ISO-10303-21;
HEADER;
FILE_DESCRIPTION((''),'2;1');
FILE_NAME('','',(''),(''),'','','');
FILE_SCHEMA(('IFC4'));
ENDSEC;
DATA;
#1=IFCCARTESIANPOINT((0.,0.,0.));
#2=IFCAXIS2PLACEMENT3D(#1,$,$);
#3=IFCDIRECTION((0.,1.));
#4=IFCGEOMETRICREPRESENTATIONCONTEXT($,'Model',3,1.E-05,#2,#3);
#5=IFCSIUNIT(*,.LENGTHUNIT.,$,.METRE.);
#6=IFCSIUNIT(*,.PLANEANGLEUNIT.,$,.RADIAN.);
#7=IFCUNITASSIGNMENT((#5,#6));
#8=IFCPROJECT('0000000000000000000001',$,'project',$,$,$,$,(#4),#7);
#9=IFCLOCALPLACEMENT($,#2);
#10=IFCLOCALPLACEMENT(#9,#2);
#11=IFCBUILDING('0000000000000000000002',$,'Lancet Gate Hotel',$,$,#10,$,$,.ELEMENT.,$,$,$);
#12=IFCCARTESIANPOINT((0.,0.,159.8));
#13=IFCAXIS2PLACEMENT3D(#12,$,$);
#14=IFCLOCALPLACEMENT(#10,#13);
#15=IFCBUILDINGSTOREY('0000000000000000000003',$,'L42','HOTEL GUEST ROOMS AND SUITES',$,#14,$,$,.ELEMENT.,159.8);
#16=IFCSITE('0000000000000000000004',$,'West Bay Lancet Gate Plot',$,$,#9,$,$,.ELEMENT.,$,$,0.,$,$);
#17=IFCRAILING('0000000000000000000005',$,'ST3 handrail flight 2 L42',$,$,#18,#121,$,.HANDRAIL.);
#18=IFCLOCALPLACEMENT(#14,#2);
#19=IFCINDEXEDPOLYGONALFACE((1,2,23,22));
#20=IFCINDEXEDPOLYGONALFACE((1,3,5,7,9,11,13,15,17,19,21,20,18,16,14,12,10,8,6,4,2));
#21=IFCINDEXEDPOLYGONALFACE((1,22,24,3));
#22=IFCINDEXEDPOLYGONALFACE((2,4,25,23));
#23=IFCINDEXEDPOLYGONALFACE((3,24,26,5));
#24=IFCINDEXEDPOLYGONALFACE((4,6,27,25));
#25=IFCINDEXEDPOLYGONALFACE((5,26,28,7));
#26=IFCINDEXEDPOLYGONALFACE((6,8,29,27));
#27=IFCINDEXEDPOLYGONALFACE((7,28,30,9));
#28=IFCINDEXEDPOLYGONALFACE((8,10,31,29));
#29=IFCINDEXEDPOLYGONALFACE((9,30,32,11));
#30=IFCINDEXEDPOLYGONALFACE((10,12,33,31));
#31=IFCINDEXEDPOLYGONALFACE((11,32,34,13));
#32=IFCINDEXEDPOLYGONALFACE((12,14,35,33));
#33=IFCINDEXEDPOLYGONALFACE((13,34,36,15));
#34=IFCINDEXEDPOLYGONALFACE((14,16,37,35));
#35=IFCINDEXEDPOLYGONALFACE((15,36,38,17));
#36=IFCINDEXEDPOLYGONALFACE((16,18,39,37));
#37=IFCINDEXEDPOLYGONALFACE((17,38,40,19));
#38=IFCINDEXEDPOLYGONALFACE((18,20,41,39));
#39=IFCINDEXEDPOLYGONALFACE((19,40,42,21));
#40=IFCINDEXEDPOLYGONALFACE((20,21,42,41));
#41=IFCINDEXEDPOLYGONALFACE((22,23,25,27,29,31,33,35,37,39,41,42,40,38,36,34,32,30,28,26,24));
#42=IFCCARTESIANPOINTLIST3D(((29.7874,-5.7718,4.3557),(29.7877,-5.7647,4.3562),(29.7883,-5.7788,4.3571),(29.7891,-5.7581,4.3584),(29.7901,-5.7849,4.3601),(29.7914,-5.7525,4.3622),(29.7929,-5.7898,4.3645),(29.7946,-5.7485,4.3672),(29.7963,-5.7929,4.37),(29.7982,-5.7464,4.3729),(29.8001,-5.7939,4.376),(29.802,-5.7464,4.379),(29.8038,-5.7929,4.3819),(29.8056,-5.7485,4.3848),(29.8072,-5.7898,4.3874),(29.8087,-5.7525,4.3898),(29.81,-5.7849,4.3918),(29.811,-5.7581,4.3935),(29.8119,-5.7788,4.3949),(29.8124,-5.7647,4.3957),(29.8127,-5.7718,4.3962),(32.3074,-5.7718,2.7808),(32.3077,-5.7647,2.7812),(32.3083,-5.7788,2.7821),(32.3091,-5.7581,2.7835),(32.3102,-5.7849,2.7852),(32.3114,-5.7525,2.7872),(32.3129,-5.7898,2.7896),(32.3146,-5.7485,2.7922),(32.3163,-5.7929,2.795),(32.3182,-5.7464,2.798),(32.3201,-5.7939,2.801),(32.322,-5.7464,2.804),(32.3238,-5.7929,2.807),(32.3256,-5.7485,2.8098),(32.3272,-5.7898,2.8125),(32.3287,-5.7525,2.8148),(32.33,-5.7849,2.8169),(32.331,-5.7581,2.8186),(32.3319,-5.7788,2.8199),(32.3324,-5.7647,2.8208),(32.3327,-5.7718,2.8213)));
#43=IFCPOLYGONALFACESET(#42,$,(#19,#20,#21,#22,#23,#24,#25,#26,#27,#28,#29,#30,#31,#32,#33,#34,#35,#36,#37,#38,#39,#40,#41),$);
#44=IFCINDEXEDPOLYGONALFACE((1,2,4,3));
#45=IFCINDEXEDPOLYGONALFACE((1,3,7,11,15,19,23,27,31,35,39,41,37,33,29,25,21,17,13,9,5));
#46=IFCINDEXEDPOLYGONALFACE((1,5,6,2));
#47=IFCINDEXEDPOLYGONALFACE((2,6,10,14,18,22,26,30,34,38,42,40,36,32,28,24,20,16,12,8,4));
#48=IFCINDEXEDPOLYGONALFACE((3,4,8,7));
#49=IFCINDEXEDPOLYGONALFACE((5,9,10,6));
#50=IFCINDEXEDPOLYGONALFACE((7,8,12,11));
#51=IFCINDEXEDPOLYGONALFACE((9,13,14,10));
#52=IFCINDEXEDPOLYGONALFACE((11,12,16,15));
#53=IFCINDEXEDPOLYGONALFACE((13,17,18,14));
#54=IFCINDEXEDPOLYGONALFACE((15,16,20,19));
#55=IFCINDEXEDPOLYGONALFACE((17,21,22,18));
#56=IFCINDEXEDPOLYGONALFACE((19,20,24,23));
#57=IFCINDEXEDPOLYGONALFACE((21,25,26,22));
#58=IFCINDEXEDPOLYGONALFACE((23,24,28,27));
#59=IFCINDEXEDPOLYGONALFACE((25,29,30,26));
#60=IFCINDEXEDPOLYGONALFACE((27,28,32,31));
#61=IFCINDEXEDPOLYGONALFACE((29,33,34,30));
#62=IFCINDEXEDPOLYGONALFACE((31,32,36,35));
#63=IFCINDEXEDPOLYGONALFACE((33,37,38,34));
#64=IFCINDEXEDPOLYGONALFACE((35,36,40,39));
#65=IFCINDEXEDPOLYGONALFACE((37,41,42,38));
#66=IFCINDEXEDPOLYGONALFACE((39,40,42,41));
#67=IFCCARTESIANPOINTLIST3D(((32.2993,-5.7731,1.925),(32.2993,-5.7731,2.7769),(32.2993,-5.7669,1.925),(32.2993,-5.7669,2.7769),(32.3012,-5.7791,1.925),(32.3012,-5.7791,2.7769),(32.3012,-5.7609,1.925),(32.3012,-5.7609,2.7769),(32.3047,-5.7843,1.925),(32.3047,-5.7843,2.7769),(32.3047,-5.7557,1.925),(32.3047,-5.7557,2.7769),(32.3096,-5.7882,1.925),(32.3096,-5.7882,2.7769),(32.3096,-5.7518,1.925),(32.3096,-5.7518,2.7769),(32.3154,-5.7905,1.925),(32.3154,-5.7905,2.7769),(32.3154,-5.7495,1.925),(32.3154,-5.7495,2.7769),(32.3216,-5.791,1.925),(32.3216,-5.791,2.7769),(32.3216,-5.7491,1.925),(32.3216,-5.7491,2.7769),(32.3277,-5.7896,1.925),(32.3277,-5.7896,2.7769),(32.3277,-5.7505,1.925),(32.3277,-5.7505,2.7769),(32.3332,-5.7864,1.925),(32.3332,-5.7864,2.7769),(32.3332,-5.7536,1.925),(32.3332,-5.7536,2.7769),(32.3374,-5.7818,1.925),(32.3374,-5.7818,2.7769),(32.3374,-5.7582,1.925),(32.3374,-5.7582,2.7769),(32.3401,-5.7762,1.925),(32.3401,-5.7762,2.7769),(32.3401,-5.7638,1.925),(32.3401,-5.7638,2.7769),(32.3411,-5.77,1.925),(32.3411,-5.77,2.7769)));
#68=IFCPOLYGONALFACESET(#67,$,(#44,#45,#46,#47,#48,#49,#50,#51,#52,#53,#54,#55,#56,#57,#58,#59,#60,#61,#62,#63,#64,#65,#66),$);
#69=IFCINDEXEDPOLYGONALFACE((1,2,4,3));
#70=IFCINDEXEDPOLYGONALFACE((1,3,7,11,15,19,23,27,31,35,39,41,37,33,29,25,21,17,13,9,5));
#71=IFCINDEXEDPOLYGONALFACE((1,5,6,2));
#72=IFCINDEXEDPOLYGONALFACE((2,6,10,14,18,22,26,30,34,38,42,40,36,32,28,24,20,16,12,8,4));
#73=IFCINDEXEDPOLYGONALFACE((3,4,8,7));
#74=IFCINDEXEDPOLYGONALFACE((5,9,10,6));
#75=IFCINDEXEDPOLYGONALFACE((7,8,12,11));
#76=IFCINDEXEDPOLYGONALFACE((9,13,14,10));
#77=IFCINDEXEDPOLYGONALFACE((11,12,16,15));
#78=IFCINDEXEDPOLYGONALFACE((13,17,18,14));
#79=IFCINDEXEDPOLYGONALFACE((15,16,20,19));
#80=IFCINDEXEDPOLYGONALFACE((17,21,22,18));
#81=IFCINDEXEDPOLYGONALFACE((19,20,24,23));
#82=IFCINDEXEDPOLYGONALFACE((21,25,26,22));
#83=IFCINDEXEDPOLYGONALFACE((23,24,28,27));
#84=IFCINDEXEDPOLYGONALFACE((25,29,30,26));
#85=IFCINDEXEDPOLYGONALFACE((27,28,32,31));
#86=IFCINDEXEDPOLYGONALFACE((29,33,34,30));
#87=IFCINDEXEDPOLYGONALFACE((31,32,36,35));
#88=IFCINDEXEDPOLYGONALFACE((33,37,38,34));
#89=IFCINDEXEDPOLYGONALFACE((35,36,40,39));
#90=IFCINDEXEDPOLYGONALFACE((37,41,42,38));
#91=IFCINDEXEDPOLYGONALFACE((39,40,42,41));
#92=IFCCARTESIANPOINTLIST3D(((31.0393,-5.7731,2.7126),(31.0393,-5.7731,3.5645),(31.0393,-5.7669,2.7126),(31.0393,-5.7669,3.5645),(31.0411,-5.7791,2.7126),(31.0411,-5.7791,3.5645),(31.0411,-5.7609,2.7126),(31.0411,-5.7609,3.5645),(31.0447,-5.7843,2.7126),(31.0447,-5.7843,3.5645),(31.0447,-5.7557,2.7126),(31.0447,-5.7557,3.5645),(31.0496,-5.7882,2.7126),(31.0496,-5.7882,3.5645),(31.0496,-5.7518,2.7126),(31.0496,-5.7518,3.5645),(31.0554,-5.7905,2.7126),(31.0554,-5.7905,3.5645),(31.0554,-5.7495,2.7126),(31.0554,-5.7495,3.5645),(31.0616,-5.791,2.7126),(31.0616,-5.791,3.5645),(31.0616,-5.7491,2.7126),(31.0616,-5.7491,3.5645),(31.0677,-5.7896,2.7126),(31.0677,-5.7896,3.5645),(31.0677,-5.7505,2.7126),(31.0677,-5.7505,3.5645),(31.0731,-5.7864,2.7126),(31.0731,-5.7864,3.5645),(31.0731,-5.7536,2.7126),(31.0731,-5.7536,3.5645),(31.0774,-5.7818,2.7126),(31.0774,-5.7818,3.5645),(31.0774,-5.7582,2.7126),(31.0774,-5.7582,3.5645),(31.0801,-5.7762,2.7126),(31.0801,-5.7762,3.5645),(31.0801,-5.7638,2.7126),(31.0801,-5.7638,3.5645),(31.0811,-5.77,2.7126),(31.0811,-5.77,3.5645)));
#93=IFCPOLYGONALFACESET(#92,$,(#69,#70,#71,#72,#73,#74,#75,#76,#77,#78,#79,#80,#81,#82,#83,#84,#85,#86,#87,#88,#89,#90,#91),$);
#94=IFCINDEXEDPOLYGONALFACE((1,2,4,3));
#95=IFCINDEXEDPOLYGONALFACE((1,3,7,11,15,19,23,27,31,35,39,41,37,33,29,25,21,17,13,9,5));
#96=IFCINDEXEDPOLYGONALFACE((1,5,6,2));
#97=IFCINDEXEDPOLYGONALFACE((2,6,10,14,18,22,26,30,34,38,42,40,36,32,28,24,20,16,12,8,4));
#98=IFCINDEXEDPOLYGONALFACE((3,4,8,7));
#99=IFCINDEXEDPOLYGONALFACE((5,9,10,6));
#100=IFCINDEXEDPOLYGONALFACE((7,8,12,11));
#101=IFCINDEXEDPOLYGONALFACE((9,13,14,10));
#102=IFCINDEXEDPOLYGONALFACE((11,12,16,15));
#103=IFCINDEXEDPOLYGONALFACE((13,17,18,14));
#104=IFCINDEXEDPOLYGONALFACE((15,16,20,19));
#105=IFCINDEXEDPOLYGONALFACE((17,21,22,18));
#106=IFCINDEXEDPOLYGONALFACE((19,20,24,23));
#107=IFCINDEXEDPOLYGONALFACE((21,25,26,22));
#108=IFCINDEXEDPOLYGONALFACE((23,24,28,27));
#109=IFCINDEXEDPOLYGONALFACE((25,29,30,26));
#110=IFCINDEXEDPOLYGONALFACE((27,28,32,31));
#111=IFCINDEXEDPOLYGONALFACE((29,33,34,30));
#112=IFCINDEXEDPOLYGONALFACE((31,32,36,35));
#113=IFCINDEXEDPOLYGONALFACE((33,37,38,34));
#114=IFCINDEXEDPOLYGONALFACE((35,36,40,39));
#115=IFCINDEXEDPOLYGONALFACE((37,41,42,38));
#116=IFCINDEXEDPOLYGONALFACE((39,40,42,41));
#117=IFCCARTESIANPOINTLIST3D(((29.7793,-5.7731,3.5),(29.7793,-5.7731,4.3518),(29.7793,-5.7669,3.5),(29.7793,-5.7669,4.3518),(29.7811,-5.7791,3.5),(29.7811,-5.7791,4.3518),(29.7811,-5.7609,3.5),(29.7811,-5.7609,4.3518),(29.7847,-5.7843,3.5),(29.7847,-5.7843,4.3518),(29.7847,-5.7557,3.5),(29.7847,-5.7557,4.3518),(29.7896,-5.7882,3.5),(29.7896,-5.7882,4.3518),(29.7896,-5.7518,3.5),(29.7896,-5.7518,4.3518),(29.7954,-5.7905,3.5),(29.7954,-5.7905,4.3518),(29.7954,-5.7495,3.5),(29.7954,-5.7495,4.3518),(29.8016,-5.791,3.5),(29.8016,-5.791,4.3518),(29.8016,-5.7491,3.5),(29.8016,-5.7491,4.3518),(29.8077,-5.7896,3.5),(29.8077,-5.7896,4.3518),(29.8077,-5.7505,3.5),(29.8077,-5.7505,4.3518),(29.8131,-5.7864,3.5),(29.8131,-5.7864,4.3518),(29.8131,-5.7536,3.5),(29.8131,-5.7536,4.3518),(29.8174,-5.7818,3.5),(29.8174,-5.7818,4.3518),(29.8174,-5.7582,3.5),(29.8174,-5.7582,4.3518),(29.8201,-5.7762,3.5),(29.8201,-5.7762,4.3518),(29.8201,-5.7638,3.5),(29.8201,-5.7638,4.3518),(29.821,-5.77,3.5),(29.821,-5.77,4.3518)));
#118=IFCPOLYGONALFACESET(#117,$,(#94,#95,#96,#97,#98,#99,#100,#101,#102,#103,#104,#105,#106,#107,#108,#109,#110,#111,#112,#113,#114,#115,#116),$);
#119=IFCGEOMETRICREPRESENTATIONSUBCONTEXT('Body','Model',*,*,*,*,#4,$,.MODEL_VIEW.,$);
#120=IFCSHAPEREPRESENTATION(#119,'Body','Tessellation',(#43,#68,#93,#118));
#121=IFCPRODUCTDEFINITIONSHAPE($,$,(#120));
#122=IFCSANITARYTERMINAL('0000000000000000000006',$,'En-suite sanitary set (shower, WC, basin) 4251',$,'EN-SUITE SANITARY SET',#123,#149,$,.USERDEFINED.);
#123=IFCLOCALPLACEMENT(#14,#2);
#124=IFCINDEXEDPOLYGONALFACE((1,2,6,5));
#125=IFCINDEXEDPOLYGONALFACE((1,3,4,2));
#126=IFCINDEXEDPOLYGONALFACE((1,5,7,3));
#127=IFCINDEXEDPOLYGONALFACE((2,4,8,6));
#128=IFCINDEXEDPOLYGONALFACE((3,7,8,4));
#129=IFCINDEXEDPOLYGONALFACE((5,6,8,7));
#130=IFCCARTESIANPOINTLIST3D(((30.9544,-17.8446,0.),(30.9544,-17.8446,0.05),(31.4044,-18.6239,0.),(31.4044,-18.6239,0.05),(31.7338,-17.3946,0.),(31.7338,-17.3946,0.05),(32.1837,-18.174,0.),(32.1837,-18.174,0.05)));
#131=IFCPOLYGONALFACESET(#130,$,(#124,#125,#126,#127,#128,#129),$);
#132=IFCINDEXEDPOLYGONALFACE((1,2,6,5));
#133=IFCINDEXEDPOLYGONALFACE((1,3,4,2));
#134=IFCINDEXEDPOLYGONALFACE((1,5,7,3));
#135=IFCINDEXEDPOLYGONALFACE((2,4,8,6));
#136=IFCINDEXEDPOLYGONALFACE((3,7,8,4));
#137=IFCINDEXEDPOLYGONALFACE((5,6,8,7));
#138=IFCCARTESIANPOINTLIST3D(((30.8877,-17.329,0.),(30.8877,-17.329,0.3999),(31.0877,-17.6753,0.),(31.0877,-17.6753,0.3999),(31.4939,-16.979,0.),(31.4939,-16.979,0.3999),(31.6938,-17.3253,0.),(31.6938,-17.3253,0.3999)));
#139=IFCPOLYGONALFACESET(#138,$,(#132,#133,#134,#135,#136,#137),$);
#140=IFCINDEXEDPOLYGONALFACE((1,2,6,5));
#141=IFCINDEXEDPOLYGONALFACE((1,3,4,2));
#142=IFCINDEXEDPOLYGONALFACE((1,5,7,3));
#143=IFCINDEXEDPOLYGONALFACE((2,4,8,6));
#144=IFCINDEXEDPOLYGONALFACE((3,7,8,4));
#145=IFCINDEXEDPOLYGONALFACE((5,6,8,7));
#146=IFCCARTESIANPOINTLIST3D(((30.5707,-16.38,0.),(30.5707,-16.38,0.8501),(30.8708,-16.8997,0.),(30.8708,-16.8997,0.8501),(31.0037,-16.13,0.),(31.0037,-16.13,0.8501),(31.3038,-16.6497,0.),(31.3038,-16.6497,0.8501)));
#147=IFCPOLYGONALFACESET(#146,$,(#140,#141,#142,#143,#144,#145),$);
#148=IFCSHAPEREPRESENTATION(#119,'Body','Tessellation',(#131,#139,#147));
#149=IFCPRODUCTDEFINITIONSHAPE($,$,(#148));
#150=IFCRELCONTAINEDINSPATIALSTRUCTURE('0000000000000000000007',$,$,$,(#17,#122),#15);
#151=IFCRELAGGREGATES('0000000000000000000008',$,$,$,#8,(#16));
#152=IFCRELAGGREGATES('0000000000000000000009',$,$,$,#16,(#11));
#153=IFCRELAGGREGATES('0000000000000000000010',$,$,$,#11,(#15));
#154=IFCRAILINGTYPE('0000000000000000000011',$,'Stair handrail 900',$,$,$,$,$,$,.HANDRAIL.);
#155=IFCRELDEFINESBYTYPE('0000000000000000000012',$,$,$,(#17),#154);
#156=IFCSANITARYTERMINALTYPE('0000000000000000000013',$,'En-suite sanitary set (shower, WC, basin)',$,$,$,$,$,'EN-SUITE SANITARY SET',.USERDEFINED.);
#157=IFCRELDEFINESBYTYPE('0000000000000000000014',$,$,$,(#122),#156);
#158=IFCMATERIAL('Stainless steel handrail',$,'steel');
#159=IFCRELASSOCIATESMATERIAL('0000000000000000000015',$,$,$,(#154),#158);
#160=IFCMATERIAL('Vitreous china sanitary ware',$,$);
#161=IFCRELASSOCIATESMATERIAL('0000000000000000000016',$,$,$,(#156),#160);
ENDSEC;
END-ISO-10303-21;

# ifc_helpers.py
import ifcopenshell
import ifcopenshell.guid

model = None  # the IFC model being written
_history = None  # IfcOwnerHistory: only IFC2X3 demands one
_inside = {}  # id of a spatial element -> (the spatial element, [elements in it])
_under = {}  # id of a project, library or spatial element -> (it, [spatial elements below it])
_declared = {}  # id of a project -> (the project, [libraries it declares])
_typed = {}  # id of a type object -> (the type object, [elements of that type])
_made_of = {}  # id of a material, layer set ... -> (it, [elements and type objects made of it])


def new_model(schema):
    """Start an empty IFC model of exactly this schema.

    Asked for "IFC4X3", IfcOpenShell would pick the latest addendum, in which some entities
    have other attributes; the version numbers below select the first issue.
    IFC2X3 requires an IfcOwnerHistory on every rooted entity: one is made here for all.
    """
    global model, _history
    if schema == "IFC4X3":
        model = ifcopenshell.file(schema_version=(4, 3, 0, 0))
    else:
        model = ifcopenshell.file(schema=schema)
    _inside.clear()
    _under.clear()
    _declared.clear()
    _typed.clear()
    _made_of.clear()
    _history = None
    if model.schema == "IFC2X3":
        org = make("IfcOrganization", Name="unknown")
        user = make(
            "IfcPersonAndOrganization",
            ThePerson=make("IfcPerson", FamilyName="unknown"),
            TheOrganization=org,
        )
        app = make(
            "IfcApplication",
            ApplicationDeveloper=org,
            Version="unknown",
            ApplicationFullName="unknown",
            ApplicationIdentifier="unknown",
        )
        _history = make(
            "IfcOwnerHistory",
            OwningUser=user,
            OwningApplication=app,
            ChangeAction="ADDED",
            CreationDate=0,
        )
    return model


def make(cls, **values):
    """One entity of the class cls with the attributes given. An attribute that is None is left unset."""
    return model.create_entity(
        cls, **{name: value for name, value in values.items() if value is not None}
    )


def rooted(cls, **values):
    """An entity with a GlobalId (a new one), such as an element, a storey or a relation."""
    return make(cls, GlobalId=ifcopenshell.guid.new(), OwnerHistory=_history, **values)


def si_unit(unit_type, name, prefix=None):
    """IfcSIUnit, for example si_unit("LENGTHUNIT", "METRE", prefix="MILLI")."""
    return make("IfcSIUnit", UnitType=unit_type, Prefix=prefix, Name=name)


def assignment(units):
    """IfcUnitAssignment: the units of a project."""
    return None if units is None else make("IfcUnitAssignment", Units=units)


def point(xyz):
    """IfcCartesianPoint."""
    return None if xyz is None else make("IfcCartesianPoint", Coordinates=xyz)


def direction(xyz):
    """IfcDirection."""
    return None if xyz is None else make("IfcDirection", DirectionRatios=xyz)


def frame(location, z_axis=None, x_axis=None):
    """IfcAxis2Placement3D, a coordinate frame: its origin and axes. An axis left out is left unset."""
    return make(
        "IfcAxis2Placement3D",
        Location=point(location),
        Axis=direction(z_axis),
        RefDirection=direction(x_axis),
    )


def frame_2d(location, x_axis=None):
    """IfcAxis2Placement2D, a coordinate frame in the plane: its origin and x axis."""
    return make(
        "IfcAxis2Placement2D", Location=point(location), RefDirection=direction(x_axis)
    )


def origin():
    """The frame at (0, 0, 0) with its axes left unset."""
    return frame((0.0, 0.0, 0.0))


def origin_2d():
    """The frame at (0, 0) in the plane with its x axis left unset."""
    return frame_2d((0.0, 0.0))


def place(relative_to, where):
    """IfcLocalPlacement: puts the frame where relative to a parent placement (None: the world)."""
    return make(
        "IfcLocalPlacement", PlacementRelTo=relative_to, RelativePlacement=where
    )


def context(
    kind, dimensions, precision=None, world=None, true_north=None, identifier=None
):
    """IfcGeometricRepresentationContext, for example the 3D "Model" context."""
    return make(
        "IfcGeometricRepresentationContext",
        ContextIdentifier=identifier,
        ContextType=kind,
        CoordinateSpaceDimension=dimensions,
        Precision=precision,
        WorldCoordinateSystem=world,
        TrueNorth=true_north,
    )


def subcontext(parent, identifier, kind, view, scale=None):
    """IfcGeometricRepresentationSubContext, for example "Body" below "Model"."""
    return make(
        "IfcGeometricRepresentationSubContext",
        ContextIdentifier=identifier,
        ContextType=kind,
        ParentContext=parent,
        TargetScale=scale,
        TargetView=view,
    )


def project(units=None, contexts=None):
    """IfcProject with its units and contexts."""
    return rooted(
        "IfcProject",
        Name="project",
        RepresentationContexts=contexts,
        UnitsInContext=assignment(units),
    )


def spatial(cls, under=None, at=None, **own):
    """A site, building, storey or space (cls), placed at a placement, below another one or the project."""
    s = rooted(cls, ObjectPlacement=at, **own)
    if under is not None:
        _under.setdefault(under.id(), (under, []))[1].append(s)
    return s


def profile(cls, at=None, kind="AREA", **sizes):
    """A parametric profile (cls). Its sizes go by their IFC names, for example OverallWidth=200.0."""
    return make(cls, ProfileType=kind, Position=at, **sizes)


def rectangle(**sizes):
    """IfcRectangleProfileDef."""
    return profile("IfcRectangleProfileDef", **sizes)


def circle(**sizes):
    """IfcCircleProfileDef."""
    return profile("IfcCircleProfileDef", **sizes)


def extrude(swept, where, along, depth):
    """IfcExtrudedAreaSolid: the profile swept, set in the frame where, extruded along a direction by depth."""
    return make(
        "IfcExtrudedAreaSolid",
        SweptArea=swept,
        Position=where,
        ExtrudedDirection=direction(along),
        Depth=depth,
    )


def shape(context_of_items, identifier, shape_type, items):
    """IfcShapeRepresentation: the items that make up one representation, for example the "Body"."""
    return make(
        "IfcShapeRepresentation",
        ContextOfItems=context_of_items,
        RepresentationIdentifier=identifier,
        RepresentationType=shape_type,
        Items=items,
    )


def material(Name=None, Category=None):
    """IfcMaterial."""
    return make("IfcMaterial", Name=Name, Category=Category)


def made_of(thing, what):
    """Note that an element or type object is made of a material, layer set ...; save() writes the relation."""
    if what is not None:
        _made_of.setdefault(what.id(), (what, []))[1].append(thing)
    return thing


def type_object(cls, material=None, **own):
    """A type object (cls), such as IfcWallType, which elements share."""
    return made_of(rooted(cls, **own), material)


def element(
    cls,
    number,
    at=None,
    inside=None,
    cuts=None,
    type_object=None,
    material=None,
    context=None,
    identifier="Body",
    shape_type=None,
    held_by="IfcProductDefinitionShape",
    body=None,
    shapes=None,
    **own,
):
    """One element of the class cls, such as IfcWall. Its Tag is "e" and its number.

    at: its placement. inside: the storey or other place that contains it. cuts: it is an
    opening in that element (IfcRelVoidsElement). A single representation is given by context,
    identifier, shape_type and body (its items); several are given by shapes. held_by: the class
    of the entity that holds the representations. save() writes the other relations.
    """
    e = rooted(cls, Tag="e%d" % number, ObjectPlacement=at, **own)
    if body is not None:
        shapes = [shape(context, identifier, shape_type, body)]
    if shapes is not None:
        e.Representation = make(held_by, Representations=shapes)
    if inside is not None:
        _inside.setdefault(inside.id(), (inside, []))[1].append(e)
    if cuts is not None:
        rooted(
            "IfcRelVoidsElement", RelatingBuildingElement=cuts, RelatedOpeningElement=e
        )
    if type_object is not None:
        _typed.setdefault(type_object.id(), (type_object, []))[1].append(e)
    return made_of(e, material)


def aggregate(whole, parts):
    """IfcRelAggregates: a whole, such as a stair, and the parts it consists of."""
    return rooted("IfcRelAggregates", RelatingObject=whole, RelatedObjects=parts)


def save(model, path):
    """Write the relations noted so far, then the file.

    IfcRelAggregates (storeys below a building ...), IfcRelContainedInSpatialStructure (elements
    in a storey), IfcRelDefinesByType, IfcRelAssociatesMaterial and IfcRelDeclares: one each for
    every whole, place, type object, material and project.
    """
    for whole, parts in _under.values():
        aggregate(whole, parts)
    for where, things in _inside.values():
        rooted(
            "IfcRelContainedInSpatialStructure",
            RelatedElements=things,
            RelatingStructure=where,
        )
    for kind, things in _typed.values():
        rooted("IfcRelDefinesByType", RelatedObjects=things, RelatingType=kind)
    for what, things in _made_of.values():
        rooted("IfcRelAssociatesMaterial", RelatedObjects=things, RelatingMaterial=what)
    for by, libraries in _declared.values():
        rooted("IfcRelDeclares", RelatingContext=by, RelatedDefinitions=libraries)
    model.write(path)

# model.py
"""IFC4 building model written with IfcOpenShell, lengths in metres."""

from ifc_helpers import new_model, si_unit, direction, frame, origin, origin_2d, place, context, subcontext, project, spatial, rectangle, circle, extrude, material, type_object, element, save


model = new_model("IFC4")

# Units and contexts
model_context = context("Model", 3, precision=1e-05, world=origin(), true_north=direction((0.0, 1.0)))
body_context = subcontext(model_context, "Body", "Model", "MODEL_VIEW")
ifc_project = project(units=[si_unit("LENGTHUNIT", "METRE"), si_unit("PLANEANGLEUNIT", "RADIAN")], contexts=[model_context])

# Site, building, storey
site_placement = place(None, origin())
site = spatial("IfcSite", under=ifc_project, at=site_placement, Name="West Bay Lancet Gate Plot", CompositionType="ELEMENT", RefElevation=0.0)
building_placement = place(site_placement, origin())
building = spatial("IfcBuilding", under=site, at=building_placement, Name="Lancet Gate Hotel", CompositionType="ELEMENT")
storey_placement = place(building_placement, frame((0.0, 0.0, 159.8)))
storey = spatial("IfcBuildingStorey", under=building, at=storey_placement, Name="L42", Description="HOTEL GUEST ROOMS AND SUITES", CompositionType="ELEMENT", Elevation=159.8)

# Railing
ifc_material_1 = material(Name="Stainless steel handrail", Category="steel")
railing_type = type_object("IfcRailingType", Name="Stair handrail 900", PredefinedType="HANDRAIL", material=ifc_material_1)
railing_1_placement = place(storey_placement, frame((32.3201, -5.77, 1.925)))
element("IfcRailing", 1, at=railing_1_placement, inside=storey, type_object=railing_type, Name="ST3 handrail flight 2 L42", PredefinedType="HANDRAIL", context=body_context, shape_type="SweptSolid", body=[
    extrude(circle(Radius=0.0239, at=origin_2d()), frame((0.0, 0.0, 0.876), z_axis=(-0.848008, 0.0, 0.529984), x_axis=(0.0, -1.0, 0.0)), (0.0, 0.0, 1.0), 2.9717),
    extrude(circle(Radius=0.021, at=origin_2d()), origin(), (0.0, 0.0, 1.0), 0.8518),
    extrude(circle(Radius=0.021, at=origin_2d()), frame((-1.26, 0.0, 0.7876)), (0.0, 0.0, 1.0), 0.8518),
    extrude(circle(Radius=0.021, at=origin_2d()), frame((-2.52, 0.0, 1.575)), (0.0, 0.0, 1.0), 0.8518),
])

# Sanitary terminal
ifc_material_2 = material(Name="Vitreous china sanitary ware")
sanitary_terminal_type = type_object("IfcSanitaryTerminalType", Name="En-suite sanitary set (shower, WC, basin)", ElementType="EN-SUITE SANITARY SET", PredefinedType="USERDEFINED", material=ifc_material_2)
sanitary_terminal_placement = place(storey_placement, frame((31.5691, -18.0093, 0.0), z_axis=(0.0, 0.0, 1.0), x_axis=(1.0, 0.0, 0.0)))
element("IfcSanitaryTerminal", 2, at=sanitary_terminal_placement, inside=storey, type_object=sanitary_terminal_type, Name="En-suite sanitary set (shower, WC, basin) 4251", ObjectType="EN-SUITE SANITARY SET", PredefinedType="USERDEFINED", context=body_context, shape_type="SweptSolid", body=[
    extrude(rectangle(XDim=0.8999, YDim=0.8999, at=origin_2d()), frame((0.0, 0.0, 0.0), z_axis=(0.0, 0.0, 1.0), x_axis=(0.5, -0.866025, 0.0)), (0.0, 0.0, 1.0), 0.05),
    extrude(rectangle(XDim=0.3999, YDim=0.7, at=origin_2d()), frame((-0.2783, 0.6821, 0.0), z_axis=(0.0, 0.0, 1.0), x_axis=(0.5, -0.866025, 0.0)), (0.0, 0.0, 1.0), 0.3999),
    extrude(rectangle(XDim=0.6001, YDim=0.5, at=origin_2d()), frame((-0.6318, 1.4944, 0.0), z_axis=(0.0, 0.0, 1.0), x_axis=(0.5, -0.866025, 0.0)), (0.0, 0.0, 1.0), 0.8501),
])

save(model, "model.ifc")
